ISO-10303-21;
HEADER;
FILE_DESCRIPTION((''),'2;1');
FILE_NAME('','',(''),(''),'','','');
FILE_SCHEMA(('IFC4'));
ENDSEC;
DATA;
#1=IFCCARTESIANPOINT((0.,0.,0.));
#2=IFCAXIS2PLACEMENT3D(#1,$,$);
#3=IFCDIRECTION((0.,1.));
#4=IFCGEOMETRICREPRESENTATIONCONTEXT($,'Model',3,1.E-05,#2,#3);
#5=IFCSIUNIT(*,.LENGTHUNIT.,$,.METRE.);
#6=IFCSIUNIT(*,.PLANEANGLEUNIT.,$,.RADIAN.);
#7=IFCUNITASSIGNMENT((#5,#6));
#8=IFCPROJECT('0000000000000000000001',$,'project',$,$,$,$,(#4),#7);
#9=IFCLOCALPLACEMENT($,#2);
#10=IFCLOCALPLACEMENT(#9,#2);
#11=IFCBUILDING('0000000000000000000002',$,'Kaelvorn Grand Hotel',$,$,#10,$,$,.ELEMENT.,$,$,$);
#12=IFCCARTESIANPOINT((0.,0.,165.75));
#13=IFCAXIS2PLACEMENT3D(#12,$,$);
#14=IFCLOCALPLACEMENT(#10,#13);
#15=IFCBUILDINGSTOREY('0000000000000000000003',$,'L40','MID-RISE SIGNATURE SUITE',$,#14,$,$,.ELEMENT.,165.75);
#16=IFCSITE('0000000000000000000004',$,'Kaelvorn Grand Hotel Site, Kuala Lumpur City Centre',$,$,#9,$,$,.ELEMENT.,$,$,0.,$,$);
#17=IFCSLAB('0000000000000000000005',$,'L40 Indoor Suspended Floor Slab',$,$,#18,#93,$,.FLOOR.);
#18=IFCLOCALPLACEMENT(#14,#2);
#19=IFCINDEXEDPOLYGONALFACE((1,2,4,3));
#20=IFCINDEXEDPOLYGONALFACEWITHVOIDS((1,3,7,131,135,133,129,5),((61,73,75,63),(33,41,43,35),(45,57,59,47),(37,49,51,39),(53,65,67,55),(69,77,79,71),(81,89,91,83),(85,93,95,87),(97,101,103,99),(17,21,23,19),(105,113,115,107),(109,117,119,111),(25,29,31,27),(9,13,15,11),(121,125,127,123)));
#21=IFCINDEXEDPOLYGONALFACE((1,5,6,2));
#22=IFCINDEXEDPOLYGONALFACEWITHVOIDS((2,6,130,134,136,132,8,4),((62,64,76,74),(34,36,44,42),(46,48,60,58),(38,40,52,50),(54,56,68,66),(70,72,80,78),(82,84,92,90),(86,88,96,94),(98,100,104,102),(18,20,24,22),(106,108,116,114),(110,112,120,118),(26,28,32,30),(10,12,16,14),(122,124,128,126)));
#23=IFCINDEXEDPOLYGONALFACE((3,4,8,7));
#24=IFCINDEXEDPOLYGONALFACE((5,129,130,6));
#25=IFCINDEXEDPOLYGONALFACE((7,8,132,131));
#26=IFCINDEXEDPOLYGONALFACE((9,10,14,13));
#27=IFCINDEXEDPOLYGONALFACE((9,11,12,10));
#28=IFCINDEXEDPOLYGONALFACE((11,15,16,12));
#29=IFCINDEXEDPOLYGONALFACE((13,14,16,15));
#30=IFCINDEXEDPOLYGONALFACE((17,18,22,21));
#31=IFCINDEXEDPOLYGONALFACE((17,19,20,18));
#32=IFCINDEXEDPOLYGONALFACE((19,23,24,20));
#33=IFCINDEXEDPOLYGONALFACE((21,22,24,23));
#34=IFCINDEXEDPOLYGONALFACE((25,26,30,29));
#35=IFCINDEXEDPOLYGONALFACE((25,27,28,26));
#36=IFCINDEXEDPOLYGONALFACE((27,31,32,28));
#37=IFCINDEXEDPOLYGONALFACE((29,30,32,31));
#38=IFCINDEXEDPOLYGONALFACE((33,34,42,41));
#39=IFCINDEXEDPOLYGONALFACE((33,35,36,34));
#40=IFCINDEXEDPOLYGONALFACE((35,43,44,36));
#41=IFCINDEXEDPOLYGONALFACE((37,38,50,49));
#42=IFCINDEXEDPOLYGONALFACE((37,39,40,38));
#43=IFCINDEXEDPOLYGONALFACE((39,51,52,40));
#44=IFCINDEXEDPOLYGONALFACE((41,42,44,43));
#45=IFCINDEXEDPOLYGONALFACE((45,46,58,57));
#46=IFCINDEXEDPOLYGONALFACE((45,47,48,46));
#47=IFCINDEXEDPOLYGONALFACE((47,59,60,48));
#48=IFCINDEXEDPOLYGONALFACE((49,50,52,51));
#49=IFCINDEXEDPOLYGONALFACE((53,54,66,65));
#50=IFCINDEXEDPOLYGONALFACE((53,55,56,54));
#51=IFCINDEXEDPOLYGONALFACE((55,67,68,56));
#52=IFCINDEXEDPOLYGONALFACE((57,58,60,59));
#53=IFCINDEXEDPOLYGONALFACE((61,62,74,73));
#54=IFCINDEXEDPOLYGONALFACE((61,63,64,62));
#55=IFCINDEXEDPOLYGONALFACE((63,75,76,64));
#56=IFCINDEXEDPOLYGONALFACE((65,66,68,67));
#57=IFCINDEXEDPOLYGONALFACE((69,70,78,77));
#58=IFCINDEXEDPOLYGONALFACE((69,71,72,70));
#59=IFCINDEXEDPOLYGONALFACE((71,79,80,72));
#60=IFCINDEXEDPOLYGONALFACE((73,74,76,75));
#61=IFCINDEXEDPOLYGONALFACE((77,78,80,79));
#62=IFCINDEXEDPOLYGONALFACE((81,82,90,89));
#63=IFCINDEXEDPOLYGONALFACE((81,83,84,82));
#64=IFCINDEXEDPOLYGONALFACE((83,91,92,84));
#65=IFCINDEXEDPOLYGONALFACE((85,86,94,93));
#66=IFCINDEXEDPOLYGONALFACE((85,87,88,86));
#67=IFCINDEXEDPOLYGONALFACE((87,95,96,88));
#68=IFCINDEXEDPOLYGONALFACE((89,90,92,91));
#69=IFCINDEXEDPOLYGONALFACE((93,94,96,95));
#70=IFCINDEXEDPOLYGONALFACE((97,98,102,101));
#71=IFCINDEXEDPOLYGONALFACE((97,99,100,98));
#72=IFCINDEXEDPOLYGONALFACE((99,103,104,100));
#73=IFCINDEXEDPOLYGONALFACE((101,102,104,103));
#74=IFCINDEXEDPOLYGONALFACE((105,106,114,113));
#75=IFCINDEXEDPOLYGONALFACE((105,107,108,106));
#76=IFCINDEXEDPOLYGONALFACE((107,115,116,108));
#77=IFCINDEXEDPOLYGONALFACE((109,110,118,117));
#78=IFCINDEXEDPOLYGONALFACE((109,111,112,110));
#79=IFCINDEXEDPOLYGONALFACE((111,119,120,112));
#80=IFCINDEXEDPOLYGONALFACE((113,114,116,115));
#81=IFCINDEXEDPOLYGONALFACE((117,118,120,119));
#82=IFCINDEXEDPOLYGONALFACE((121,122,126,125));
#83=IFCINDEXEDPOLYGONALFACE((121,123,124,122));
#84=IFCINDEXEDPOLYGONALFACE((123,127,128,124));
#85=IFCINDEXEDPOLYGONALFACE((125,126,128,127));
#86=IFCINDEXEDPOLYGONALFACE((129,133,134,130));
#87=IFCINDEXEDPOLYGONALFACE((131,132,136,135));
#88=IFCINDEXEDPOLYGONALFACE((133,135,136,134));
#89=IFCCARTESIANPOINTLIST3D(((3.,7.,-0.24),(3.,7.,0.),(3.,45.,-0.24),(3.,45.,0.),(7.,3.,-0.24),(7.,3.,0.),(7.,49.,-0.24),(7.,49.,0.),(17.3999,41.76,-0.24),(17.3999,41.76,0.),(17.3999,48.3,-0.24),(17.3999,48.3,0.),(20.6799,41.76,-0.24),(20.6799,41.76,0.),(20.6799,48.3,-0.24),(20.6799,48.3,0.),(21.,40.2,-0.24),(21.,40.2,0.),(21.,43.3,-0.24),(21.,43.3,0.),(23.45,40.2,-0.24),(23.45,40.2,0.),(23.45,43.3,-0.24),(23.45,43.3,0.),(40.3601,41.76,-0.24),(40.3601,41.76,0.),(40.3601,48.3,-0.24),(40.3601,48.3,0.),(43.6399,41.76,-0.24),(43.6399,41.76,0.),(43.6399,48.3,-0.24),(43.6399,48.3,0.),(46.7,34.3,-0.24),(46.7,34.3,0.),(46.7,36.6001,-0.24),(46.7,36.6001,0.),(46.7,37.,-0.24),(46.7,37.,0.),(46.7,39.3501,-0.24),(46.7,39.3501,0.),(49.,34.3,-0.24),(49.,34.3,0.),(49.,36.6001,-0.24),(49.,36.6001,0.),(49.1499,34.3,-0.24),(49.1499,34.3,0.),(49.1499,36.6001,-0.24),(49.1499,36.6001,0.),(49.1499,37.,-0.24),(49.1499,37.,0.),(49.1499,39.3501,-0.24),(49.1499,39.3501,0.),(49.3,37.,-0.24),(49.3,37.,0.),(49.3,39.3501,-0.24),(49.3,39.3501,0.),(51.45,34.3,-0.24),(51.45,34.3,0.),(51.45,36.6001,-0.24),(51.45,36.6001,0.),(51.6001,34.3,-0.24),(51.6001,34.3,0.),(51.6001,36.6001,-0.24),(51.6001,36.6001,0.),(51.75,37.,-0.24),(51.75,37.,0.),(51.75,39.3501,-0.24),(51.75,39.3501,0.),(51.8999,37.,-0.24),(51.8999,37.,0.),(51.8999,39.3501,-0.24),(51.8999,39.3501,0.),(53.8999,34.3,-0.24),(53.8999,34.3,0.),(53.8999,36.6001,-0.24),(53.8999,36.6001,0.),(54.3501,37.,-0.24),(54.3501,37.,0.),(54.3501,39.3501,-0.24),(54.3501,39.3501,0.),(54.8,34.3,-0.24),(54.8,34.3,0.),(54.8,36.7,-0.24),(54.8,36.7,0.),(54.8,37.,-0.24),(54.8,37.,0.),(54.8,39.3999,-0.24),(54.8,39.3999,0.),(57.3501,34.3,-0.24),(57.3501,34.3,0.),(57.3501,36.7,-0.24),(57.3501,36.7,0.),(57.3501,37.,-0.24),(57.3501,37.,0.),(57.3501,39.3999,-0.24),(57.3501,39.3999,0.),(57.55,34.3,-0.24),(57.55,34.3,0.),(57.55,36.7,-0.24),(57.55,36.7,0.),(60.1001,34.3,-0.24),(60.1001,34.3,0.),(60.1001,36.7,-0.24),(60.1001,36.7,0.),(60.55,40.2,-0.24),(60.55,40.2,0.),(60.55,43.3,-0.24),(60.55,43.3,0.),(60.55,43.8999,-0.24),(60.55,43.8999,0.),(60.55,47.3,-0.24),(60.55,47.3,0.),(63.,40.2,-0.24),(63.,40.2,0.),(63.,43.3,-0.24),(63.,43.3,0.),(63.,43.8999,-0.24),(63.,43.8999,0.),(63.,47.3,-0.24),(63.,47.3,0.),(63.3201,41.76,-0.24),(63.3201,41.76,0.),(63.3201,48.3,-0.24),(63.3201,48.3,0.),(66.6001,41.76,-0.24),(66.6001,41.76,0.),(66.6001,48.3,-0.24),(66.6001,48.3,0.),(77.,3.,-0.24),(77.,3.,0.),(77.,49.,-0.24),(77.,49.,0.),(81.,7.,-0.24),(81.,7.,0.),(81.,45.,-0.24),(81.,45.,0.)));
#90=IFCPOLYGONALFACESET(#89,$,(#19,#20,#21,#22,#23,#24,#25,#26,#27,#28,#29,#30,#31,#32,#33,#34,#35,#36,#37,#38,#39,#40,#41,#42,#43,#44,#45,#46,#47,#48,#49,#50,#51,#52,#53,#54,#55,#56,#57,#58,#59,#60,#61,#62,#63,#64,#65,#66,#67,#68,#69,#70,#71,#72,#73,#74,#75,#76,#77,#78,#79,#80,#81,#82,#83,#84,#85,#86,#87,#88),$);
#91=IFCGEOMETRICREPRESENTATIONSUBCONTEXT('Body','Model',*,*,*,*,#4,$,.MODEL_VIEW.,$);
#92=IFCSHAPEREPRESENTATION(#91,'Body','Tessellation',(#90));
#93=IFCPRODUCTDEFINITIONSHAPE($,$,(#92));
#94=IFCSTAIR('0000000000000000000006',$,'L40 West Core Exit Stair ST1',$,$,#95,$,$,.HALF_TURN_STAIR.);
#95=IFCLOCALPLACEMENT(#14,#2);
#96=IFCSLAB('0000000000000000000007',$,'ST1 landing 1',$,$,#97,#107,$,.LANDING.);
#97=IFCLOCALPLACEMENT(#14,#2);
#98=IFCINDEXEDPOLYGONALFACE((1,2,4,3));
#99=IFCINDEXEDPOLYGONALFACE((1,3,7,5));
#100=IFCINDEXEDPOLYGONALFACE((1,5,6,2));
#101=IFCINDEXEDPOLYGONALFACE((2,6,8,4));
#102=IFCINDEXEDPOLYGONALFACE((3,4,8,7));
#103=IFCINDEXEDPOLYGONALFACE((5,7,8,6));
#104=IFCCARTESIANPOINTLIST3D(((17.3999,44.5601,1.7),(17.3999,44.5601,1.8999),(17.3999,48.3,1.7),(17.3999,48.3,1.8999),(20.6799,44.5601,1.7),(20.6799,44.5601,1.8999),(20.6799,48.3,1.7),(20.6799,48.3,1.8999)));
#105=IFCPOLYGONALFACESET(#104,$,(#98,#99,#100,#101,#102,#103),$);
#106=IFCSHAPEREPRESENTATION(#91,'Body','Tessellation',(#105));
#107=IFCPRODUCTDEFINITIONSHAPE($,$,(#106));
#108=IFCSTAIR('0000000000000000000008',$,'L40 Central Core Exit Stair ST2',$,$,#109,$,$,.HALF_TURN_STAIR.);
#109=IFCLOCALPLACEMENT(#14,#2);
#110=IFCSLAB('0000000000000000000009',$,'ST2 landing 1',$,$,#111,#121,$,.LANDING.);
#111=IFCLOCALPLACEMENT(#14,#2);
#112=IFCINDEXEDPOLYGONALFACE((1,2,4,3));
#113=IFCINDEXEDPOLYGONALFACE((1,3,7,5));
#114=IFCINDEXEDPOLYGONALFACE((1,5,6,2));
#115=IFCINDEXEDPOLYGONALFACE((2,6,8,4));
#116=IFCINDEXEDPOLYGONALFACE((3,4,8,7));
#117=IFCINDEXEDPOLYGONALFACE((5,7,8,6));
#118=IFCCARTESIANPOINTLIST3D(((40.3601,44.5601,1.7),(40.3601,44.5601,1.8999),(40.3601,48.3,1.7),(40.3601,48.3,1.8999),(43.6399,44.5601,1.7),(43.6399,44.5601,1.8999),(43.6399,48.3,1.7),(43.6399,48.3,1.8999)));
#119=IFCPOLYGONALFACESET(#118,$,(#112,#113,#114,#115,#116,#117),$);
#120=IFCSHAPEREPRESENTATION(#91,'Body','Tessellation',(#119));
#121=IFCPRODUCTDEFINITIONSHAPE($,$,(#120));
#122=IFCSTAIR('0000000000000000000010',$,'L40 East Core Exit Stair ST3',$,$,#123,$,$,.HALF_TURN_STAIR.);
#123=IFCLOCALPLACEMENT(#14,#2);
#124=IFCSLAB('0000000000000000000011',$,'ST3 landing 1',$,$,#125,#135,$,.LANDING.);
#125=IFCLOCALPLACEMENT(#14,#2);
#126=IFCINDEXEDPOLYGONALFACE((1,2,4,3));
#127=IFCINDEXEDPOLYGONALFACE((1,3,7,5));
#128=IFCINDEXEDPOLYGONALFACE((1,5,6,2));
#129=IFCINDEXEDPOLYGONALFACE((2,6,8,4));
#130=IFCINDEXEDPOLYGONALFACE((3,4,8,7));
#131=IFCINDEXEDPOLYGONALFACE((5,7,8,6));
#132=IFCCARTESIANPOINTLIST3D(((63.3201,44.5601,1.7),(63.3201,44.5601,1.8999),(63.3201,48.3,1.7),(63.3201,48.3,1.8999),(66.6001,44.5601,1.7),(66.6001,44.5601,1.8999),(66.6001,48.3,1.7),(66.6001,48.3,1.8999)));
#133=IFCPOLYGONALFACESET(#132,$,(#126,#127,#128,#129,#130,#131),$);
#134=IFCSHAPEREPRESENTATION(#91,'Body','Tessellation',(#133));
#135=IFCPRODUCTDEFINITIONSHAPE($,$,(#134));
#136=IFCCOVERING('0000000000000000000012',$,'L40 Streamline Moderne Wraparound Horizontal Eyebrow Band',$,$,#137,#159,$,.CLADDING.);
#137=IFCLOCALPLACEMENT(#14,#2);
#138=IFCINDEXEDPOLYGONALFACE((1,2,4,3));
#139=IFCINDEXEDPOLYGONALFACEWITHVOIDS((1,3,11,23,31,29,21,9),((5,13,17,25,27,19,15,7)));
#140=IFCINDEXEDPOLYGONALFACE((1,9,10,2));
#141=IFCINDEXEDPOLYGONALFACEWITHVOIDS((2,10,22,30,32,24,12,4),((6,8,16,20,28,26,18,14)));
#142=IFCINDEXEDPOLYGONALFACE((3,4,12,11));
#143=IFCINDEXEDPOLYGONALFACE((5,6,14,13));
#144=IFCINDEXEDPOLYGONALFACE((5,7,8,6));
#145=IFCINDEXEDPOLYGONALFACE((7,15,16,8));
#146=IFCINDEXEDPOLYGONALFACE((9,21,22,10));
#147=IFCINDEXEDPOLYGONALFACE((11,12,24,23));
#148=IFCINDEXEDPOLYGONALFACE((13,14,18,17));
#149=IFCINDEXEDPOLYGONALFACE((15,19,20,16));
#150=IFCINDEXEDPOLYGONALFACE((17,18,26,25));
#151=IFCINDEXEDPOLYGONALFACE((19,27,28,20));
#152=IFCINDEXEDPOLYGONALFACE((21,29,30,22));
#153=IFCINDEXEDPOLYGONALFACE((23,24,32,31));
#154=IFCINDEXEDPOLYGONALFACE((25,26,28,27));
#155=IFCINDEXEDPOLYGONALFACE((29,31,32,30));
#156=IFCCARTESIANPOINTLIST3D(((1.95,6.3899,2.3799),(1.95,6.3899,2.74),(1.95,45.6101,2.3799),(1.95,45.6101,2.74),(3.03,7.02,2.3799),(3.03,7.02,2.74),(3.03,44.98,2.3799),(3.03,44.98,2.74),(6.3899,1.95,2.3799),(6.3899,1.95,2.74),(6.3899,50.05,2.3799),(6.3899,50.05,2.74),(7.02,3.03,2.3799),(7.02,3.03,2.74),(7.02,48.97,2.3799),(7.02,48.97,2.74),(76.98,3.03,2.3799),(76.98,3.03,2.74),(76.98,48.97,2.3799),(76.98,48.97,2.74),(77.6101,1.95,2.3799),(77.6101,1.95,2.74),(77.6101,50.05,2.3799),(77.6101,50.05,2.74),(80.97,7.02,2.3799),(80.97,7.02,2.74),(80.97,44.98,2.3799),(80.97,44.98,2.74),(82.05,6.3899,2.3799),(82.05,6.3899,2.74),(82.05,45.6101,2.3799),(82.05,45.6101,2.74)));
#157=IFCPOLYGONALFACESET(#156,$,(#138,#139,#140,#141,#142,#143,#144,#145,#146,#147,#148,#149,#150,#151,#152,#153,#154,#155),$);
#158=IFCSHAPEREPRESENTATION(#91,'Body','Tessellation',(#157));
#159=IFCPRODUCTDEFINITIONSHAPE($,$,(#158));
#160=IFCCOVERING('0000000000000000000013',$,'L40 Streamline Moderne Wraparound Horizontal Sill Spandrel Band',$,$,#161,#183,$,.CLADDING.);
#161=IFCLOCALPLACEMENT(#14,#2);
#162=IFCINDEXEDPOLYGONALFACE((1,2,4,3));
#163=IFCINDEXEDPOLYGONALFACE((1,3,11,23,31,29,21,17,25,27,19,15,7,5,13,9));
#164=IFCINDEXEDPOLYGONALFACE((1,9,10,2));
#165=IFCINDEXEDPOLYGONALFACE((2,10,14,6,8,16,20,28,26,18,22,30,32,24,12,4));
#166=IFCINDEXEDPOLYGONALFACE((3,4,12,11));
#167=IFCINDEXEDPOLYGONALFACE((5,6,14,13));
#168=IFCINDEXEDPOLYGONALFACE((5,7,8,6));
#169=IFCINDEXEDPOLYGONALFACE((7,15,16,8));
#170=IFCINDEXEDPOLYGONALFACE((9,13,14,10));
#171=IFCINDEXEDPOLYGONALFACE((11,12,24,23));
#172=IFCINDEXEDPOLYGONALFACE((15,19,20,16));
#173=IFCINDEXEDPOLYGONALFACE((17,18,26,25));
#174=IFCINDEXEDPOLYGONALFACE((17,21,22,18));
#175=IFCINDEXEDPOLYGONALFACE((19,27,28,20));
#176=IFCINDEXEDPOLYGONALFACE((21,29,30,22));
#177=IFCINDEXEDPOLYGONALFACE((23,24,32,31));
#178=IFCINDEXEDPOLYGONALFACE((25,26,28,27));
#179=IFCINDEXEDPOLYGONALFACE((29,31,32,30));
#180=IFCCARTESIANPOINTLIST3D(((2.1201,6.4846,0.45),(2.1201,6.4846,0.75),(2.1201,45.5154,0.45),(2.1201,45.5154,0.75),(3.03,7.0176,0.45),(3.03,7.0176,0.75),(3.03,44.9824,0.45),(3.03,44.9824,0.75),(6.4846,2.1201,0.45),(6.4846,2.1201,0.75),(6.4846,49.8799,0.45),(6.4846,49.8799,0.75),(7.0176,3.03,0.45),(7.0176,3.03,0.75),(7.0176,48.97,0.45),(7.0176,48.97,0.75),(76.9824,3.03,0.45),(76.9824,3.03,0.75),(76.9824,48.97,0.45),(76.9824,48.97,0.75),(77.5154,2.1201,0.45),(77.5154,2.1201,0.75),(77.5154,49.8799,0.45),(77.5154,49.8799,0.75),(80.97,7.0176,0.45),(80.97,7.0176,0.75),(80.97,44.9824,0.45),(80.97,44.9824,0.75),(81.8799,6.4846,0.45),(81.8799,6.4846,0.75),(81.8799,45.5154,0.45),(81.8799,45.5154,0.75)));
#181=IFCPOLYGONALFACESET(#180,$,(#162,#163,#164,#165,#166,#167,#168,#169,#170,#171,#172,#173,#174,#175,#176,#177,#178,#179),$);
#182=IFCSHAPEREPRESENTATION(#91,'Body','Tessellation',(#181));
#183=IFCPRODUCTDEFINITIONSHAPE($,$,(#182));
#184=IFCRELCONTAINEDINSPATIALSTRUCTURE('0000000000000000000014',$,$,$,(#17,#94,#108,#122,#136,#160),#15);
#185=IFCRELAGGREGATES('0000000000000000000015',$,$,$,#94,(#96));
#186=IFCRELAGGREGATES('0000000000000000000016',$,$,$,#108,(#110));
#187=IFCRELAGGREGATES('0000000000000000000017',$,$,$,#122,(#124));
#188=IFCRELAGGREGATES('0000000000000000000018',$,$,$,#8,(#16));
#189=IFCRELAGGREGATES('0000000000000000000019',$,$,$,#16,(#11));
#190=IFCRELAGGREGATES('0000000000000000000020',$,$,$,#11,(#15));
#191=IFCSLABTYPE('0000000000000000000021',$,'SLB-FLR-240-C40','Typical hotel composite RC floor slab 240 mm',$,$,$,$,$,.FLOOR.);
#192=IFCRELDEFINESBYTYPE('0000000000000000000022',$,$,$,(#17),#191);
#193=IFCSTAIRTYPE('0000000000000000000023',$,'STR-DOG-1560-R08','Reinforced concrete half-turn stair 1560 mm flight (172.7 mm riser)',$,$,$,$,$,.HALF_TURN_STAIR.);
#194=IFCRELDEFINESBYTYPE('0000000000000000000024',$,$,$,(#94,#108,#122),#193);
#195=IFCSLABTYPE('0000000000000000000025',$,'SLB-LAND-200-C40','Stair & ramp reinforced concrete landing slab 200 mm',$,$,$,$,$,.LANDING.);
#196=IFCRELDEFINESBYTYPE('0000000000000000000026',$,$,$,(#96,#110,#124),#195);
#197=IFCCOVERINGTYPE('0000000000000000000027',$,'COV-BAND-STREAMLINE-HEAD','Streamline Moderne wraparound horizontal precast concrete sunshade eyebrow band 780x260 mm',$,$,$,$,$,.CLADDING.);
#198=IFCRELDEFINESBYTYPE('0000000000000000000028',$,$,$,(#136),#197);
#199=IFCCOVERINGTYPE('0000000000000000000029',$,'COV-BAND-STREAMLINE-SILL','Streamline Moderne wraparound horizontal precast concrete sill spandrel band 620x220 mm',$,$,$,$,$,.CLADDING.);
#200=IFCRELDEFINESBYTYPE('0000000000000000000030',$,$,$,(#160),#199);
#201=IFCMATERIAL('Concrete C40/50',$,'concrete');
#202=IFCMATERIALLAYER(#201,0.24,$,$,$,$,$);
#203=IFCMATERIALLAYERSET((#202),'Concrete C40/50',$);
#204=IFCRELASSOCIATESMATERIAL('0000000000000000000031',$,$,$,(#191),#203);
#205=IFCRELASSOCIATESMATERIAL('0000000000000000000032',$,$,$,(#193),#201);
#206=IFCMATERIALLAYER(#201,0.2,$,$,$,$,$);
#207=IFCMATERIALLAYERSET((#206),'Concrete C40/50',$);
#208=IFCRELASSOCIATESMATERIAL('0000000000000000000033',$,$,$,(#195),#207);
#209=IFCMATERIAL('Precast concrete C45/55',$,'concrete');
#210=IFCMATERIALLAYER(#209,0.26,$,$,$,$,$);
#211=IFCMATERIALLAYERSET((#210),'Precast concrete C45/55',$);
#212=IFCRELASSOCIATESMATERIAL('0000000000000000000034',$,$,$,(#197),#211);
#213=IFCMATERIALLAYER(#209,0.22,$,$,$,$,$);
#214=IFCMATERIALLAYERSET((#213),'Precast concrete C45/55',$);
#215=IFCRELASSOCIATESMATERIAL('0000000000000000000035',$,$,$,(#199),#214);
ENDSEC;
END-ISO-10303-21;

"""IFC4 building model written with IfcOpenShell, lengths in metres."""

from ifc_helpers import new_model, si_unit, direction, frame, origin, place, context, subcontext, project, spatial, polyline, outline, extrude, material, layer, layer_set, type_object, element, aggregate, save


model = new_model("IFC4")

# Units and contexts
model_context = context("Model", 3, precision=1e-05, world=origin(), true_north=direction((0.0, 1.0)))
body_context = subcontext(model_context, "Body", "Model", "MODEL_VIEW")
ifc_project = project(units=[si_unit("LENGTHUNIT", "METRE"), si_unit("PLANEANGLEUNIT", "RADIAN")], contexts=[model_context])

# Site, building, storey
site_placement = place(None, origin())
site = spatial("IfcSite", under=ifc_project, at=site_placement, Name="Kaelvorn Grand Hotel Site, Kuala Lumpur City Centre", CompositionType="ELEMENT", RefElevation=0.0)
building_placement = place(site_placement, origin())
building = spatial("IfcBuilding", under=site, at=building_placement, Name="Kaelvorn Grand Hotel", CompositionType="ELEMENT")
storey_placement = place(building_placement, frame((0.0, 0.0, 165.75)))
storey = spatial("IfcBuildingStorey", under=building, at=storey_placement, Name="L40", Description="MID-RISE SIGNATURE SUITE", CompositionType="ELEMENT", Elevation=165.75)

# Slab
ifc_material_1 = material(Name="Concrete C40/50", Category="concrete")
ifc_layer_1 = layer(ifc_material_1, 0.24)
ifc_layer_set_1 = layer_set([ifc_layer_1], Name="Concrete C40/50")
slab_type_1 = type_object("IfcSlabType", Name="SLB-FLR-240-C40", Description="Typical hotel composite RC floor slab 240 mm", PredefinedType="FLOOR", material=ifc_layer_set_1)
slab_1_placement = place(storey_placement, frame((0.0, 0.0, -0.24)))
element("IfcSlab", 1, at=slab_1_placement, inside=storey, type_object=slab_type_1, Name="L40 Indoor Suspended Floor Slab", PredefinedType="FLOOR", context=body_context, shape_type="SweptSolid", body=[
    extrude(outline(polyline([(7.0, 3.0), (77.0, 3.0), (81.0, 7.0), (81.0, 45.0), (77.0, 49.0), (7.0, 49.0), (3.0, 45.0), (3.0, 7.0), (7.0, 3.0)]), holes=[polyline([(17.3999, 41.76), (17.3999, 48.3), (20.6799, 48.3), (20.6799, 41.76), (17.3999, 41.76)]), polyline([(40.3601, 41.76), (40.3601, 48.3), (43.6399, 48.3), (43.6399, 41.76), (40.3601, 41.76)]), polyline([(63.3201, 41.76), (63.3201, 48.3), (66.6001, 48.3), (66.6001, 41.76), (63.3201, 41.76)]), polyline([(46.7, 34.3), (46.7, 36.6001), (49.0, 36.6001), (49.0, 34.3), (46.7, 34.3)]), polyline([(49.1499, 34.3), (49.1499, 36.6001), (51.45, 36.6001), (51.45, 34.3), (49.1499, 34.3)]), polyline([(51.6001, 34.3), (51.6001, 36.6001), (53.8999, 36.6001), (53.8999, 34.3), (51.6001, 34.3)]), polyline([(46.7, 37.0), (46.7, 39.3501), (49.1499, 39.3501), (49.1499, 37.0), (46.7, 37.0)]), polyline([(49.3, 37.0), (49.3, 39.3501), (51.75, 39.3501), (51.75, 37.0), (49.3, 37.0)]), polyline([(51.8999, 37.0), (51.8999, 39.3501), (54.3501, 39.3501), (54.3501, 37.0), (51.8999, 37.0)]), polyline([(54.8, 34.3), (54.8, 36.7), (57.3501, 36.7), (57.3501, 34.3), (54.8, 34.3)]), polyline([(57.55, 34.3), (57.55, 36.7), (60.1001, 36.7), (60.1001, 34.3), (57.55, 34.3)]), polyline([(54.8, 37.0), (54.8, 39.3999), (57.3501, 39.3999), (57.3501, 37.0), (54.8, 37.0)]), polyline([(21.0, 40.2), (21.0, 43.3), (23.45, 43.3), (23.45, 40.2), (21.0, 40.2)]), polyline([(60.55, 40.2), (60.55, 43.3), (63.0, 43.3), (63.0, 40.2), (60.55, 40.2)]), polyline([(60.55, 43.8999), (60.55, 47.3), (63.0, 47.3), (63.0, 43.8999), (60.55, 43.8999)])]), origin(), (0.0, 0.0, 1.0), 0.24),
])

# Stairs, slabs
stair_type = type_object("IfcStairType", Name="STR-DOG-1560-R08", Description="Reinforced concrete half-turn stair 1560 mm flight (172.7 mm riser)", PredefinedType="HALF_TURN_STAIR", material=ifc_material_1)
stair_1_placement = place(storey_placement, origin())
stair_1 = element("IfcStair", 2, at=stair_1_placement, inside=storey, type_object=stair_type, Name="L40 West Core Exit Stair ST1", PredefinedType="HALF_TURN_STAIR")
ifc_layer_2 = layer(ifc_material_1, 0.2)
ifc_layer_set_2 = layer_set([ifc_layer_2], Name="Concrete C40/50")
slab_type_2 = type_object("IfcSlabType", Name="SLB-LAND-200-C40", Description="Stair & ramp reinforced concrete landing slab 200 mm", PredefinedType="LANDING", material=ifc_layer_set_2)
slab_2_placement = place(storey_placement, frame((0.0, 0.0, 1.7)))
slab_2 = element("IfcSlab", 3, at=slab_2_placement, type_object=slab_type_2, Name="ST1 landing 1", PredefinedType="LANDING", context=body_context, shape_type="SweptSolid", body=[
    extrude(outline(polyline([(20.6799, 44.5601), (20.6799, 48.3), (17.3999, 48.3), (17.3999, 44.5601), (20.6799, 44.5601)])), origin(), (0.0, 0.0, 1.0), 0.2),
])
aggregate(stair_1, [slab_2])
stair_2_placement = place(storey_placement, origin())
stair_2 = element("IfcStair", 4, at=stair_2_placement, inside=storey, type_object=stair_type, Name="L40 Central Core Exit Stair ST2", PredefinedType="HALF_TURN_STAIR")
slab_3_placement = place(storey_placement, frame((0.0, 0.0, 1.7)))
slab_3 = element("IfcSlab", 5, at=slab_3_placement, type_object=slab_type_2, Name="ST2 landing 1", PredefinedType="LANDING", context=body_context, shape_type="SweptSolid", body=[
    extrude(outline(polyline([(43.6399, 44.5601), (43.6399, 48.3), (40.3601, 48.3), (40.3601, 44.5601), (43.6399, 44.5601)])), origin(), (0.0, 0.0, 1.0), 0.2),
])
aggregate(stair_2, [slab_3])
stair_3_placement = place(storey_placement, origin())
stair_3 = element("IfcStair", 6, at=stair_3_placement, inside=storey, type_object=stair_type, Name="L40 East Core Exit Stair ST3", PredefinedType="HALF_TURN_STAIR")
slab_4_placement = place(storey_placement, frame((0.0, 0.0, 1.7)))
slab_4 = element("IfcSlab", 7, at=slab_4_placement, type_object=slab_type_2, Name="ST3 landing 1", PredefinedType="LANDING", context=body_context, shape_type="SweptSolid", body=[
    extrude(outline(polyline([(66.6001, 44.5601), (66.6001, 48.3), (63.3201, 48.3), (63.3201, 44.5601), (66.6001, 44.5601)])), origin(), (0.0, 0.0, 1.0), 0.2),
])
aggregate(stair_3, [slab_4])

# Coverings
ifc_material_2 = material(Name="Precast concrete C45/55", Category="concrete")
ifc_layer_3 = layer(ifc_material_2, 0.26)
ifc_layer_set_3 = layer_set([ifc_layer_3], Name="Precast concrete C45/55")
covering_type_1 = type_object("IfcCoveringType", Name="COV-BAND-STREAMLINE-HEAD", Description="Streamline Moderne wraparound horizontal precast concrete sunshade eyebrow band 780x260 mm", PredefinedType="CLADDING", material=ifc_layer_set_3)
covering_1_placement = place(storey_placement, frame((0.0, 0.0, 2.3799)))
element("IfcCovering", 8, at=covering_1_placement, inside=storey, type_object=covering_type_1, Name="L40 Streamline Moderne Wraparound Horizontal Eyebrow Band", PredefinedType="CLADDING", context=body_context, shape_type="SweptSolid", body=[
    extrude(outline(polyline([(6.3899, 1.95), (77.6101, 1.95), (82.05, 6.3899), (82.05, 45.6101), (77.6101, 50.05), (6.3899, 50.05), (1.95, 45.6101), (1.95, 6.3899), (6.3899, 1.95)]), holes=[polyline([(7.02, 3.03), (76.98, 3.03), (80.97, 7.02), (80.97, 44.98), (76.98, 48.97), (7.02, 48.97), (3.03, 44.98), (3.03, 7.02), (7.02, 3.03)])]), origin(), (0.0, 0.0, 1.0), 0.3601),
])
ifc_layer_4 = layer(ifc_material_2, 0.22)
ifc_layer_set_4 = layer_set([ifc_layer_4], Name="Precast concrete C45/55")
covering_type_2 = type_object("IfcCoveringType", Name="COV-BAND-STREAMLINE-SILL", Description="Streamline Moderne wraparound horizontal precast concrete sill spandrel band 620x220 mm", PredefinedType="CLADDING", material=ifc_layer_set_4)
covering_2_placement = place(storey_placement, frame((0.0, 0.0, 0.45)))
element("IfcCovering", 9, at=covering_2_placement, inside=storey, type_object=covering_type_2, Name="L40 Streamline Moderne Wraparound Horizontal Sill Spandrel Band", PredefinedType="CLADDING", context=body_context, shape_type="SweptSolid", body=[
    extrude(outline(polyline([(77.5154, 2.1201), (81.8799, 6.4846), (81.8799, 45.5154), (77.5154, 49.8799), (6.4846, 49.8799), (2.1201, 45.5154), (2.1201, 6.4846), (6.4846, 2.1201), (7.0176, 3.03), (3.03, 7.0176), (3.03, 44.9824), (7.0176, 48.97), (76.9824, 48.97), (80.97, 44.9824), (80.97, 7.0176), (76.9824, 3.03), (77.5154, 2.1201)])), origin(), (0.0, 0.0, 1.0), 0.3),
])

save(model, "model.ifc")
